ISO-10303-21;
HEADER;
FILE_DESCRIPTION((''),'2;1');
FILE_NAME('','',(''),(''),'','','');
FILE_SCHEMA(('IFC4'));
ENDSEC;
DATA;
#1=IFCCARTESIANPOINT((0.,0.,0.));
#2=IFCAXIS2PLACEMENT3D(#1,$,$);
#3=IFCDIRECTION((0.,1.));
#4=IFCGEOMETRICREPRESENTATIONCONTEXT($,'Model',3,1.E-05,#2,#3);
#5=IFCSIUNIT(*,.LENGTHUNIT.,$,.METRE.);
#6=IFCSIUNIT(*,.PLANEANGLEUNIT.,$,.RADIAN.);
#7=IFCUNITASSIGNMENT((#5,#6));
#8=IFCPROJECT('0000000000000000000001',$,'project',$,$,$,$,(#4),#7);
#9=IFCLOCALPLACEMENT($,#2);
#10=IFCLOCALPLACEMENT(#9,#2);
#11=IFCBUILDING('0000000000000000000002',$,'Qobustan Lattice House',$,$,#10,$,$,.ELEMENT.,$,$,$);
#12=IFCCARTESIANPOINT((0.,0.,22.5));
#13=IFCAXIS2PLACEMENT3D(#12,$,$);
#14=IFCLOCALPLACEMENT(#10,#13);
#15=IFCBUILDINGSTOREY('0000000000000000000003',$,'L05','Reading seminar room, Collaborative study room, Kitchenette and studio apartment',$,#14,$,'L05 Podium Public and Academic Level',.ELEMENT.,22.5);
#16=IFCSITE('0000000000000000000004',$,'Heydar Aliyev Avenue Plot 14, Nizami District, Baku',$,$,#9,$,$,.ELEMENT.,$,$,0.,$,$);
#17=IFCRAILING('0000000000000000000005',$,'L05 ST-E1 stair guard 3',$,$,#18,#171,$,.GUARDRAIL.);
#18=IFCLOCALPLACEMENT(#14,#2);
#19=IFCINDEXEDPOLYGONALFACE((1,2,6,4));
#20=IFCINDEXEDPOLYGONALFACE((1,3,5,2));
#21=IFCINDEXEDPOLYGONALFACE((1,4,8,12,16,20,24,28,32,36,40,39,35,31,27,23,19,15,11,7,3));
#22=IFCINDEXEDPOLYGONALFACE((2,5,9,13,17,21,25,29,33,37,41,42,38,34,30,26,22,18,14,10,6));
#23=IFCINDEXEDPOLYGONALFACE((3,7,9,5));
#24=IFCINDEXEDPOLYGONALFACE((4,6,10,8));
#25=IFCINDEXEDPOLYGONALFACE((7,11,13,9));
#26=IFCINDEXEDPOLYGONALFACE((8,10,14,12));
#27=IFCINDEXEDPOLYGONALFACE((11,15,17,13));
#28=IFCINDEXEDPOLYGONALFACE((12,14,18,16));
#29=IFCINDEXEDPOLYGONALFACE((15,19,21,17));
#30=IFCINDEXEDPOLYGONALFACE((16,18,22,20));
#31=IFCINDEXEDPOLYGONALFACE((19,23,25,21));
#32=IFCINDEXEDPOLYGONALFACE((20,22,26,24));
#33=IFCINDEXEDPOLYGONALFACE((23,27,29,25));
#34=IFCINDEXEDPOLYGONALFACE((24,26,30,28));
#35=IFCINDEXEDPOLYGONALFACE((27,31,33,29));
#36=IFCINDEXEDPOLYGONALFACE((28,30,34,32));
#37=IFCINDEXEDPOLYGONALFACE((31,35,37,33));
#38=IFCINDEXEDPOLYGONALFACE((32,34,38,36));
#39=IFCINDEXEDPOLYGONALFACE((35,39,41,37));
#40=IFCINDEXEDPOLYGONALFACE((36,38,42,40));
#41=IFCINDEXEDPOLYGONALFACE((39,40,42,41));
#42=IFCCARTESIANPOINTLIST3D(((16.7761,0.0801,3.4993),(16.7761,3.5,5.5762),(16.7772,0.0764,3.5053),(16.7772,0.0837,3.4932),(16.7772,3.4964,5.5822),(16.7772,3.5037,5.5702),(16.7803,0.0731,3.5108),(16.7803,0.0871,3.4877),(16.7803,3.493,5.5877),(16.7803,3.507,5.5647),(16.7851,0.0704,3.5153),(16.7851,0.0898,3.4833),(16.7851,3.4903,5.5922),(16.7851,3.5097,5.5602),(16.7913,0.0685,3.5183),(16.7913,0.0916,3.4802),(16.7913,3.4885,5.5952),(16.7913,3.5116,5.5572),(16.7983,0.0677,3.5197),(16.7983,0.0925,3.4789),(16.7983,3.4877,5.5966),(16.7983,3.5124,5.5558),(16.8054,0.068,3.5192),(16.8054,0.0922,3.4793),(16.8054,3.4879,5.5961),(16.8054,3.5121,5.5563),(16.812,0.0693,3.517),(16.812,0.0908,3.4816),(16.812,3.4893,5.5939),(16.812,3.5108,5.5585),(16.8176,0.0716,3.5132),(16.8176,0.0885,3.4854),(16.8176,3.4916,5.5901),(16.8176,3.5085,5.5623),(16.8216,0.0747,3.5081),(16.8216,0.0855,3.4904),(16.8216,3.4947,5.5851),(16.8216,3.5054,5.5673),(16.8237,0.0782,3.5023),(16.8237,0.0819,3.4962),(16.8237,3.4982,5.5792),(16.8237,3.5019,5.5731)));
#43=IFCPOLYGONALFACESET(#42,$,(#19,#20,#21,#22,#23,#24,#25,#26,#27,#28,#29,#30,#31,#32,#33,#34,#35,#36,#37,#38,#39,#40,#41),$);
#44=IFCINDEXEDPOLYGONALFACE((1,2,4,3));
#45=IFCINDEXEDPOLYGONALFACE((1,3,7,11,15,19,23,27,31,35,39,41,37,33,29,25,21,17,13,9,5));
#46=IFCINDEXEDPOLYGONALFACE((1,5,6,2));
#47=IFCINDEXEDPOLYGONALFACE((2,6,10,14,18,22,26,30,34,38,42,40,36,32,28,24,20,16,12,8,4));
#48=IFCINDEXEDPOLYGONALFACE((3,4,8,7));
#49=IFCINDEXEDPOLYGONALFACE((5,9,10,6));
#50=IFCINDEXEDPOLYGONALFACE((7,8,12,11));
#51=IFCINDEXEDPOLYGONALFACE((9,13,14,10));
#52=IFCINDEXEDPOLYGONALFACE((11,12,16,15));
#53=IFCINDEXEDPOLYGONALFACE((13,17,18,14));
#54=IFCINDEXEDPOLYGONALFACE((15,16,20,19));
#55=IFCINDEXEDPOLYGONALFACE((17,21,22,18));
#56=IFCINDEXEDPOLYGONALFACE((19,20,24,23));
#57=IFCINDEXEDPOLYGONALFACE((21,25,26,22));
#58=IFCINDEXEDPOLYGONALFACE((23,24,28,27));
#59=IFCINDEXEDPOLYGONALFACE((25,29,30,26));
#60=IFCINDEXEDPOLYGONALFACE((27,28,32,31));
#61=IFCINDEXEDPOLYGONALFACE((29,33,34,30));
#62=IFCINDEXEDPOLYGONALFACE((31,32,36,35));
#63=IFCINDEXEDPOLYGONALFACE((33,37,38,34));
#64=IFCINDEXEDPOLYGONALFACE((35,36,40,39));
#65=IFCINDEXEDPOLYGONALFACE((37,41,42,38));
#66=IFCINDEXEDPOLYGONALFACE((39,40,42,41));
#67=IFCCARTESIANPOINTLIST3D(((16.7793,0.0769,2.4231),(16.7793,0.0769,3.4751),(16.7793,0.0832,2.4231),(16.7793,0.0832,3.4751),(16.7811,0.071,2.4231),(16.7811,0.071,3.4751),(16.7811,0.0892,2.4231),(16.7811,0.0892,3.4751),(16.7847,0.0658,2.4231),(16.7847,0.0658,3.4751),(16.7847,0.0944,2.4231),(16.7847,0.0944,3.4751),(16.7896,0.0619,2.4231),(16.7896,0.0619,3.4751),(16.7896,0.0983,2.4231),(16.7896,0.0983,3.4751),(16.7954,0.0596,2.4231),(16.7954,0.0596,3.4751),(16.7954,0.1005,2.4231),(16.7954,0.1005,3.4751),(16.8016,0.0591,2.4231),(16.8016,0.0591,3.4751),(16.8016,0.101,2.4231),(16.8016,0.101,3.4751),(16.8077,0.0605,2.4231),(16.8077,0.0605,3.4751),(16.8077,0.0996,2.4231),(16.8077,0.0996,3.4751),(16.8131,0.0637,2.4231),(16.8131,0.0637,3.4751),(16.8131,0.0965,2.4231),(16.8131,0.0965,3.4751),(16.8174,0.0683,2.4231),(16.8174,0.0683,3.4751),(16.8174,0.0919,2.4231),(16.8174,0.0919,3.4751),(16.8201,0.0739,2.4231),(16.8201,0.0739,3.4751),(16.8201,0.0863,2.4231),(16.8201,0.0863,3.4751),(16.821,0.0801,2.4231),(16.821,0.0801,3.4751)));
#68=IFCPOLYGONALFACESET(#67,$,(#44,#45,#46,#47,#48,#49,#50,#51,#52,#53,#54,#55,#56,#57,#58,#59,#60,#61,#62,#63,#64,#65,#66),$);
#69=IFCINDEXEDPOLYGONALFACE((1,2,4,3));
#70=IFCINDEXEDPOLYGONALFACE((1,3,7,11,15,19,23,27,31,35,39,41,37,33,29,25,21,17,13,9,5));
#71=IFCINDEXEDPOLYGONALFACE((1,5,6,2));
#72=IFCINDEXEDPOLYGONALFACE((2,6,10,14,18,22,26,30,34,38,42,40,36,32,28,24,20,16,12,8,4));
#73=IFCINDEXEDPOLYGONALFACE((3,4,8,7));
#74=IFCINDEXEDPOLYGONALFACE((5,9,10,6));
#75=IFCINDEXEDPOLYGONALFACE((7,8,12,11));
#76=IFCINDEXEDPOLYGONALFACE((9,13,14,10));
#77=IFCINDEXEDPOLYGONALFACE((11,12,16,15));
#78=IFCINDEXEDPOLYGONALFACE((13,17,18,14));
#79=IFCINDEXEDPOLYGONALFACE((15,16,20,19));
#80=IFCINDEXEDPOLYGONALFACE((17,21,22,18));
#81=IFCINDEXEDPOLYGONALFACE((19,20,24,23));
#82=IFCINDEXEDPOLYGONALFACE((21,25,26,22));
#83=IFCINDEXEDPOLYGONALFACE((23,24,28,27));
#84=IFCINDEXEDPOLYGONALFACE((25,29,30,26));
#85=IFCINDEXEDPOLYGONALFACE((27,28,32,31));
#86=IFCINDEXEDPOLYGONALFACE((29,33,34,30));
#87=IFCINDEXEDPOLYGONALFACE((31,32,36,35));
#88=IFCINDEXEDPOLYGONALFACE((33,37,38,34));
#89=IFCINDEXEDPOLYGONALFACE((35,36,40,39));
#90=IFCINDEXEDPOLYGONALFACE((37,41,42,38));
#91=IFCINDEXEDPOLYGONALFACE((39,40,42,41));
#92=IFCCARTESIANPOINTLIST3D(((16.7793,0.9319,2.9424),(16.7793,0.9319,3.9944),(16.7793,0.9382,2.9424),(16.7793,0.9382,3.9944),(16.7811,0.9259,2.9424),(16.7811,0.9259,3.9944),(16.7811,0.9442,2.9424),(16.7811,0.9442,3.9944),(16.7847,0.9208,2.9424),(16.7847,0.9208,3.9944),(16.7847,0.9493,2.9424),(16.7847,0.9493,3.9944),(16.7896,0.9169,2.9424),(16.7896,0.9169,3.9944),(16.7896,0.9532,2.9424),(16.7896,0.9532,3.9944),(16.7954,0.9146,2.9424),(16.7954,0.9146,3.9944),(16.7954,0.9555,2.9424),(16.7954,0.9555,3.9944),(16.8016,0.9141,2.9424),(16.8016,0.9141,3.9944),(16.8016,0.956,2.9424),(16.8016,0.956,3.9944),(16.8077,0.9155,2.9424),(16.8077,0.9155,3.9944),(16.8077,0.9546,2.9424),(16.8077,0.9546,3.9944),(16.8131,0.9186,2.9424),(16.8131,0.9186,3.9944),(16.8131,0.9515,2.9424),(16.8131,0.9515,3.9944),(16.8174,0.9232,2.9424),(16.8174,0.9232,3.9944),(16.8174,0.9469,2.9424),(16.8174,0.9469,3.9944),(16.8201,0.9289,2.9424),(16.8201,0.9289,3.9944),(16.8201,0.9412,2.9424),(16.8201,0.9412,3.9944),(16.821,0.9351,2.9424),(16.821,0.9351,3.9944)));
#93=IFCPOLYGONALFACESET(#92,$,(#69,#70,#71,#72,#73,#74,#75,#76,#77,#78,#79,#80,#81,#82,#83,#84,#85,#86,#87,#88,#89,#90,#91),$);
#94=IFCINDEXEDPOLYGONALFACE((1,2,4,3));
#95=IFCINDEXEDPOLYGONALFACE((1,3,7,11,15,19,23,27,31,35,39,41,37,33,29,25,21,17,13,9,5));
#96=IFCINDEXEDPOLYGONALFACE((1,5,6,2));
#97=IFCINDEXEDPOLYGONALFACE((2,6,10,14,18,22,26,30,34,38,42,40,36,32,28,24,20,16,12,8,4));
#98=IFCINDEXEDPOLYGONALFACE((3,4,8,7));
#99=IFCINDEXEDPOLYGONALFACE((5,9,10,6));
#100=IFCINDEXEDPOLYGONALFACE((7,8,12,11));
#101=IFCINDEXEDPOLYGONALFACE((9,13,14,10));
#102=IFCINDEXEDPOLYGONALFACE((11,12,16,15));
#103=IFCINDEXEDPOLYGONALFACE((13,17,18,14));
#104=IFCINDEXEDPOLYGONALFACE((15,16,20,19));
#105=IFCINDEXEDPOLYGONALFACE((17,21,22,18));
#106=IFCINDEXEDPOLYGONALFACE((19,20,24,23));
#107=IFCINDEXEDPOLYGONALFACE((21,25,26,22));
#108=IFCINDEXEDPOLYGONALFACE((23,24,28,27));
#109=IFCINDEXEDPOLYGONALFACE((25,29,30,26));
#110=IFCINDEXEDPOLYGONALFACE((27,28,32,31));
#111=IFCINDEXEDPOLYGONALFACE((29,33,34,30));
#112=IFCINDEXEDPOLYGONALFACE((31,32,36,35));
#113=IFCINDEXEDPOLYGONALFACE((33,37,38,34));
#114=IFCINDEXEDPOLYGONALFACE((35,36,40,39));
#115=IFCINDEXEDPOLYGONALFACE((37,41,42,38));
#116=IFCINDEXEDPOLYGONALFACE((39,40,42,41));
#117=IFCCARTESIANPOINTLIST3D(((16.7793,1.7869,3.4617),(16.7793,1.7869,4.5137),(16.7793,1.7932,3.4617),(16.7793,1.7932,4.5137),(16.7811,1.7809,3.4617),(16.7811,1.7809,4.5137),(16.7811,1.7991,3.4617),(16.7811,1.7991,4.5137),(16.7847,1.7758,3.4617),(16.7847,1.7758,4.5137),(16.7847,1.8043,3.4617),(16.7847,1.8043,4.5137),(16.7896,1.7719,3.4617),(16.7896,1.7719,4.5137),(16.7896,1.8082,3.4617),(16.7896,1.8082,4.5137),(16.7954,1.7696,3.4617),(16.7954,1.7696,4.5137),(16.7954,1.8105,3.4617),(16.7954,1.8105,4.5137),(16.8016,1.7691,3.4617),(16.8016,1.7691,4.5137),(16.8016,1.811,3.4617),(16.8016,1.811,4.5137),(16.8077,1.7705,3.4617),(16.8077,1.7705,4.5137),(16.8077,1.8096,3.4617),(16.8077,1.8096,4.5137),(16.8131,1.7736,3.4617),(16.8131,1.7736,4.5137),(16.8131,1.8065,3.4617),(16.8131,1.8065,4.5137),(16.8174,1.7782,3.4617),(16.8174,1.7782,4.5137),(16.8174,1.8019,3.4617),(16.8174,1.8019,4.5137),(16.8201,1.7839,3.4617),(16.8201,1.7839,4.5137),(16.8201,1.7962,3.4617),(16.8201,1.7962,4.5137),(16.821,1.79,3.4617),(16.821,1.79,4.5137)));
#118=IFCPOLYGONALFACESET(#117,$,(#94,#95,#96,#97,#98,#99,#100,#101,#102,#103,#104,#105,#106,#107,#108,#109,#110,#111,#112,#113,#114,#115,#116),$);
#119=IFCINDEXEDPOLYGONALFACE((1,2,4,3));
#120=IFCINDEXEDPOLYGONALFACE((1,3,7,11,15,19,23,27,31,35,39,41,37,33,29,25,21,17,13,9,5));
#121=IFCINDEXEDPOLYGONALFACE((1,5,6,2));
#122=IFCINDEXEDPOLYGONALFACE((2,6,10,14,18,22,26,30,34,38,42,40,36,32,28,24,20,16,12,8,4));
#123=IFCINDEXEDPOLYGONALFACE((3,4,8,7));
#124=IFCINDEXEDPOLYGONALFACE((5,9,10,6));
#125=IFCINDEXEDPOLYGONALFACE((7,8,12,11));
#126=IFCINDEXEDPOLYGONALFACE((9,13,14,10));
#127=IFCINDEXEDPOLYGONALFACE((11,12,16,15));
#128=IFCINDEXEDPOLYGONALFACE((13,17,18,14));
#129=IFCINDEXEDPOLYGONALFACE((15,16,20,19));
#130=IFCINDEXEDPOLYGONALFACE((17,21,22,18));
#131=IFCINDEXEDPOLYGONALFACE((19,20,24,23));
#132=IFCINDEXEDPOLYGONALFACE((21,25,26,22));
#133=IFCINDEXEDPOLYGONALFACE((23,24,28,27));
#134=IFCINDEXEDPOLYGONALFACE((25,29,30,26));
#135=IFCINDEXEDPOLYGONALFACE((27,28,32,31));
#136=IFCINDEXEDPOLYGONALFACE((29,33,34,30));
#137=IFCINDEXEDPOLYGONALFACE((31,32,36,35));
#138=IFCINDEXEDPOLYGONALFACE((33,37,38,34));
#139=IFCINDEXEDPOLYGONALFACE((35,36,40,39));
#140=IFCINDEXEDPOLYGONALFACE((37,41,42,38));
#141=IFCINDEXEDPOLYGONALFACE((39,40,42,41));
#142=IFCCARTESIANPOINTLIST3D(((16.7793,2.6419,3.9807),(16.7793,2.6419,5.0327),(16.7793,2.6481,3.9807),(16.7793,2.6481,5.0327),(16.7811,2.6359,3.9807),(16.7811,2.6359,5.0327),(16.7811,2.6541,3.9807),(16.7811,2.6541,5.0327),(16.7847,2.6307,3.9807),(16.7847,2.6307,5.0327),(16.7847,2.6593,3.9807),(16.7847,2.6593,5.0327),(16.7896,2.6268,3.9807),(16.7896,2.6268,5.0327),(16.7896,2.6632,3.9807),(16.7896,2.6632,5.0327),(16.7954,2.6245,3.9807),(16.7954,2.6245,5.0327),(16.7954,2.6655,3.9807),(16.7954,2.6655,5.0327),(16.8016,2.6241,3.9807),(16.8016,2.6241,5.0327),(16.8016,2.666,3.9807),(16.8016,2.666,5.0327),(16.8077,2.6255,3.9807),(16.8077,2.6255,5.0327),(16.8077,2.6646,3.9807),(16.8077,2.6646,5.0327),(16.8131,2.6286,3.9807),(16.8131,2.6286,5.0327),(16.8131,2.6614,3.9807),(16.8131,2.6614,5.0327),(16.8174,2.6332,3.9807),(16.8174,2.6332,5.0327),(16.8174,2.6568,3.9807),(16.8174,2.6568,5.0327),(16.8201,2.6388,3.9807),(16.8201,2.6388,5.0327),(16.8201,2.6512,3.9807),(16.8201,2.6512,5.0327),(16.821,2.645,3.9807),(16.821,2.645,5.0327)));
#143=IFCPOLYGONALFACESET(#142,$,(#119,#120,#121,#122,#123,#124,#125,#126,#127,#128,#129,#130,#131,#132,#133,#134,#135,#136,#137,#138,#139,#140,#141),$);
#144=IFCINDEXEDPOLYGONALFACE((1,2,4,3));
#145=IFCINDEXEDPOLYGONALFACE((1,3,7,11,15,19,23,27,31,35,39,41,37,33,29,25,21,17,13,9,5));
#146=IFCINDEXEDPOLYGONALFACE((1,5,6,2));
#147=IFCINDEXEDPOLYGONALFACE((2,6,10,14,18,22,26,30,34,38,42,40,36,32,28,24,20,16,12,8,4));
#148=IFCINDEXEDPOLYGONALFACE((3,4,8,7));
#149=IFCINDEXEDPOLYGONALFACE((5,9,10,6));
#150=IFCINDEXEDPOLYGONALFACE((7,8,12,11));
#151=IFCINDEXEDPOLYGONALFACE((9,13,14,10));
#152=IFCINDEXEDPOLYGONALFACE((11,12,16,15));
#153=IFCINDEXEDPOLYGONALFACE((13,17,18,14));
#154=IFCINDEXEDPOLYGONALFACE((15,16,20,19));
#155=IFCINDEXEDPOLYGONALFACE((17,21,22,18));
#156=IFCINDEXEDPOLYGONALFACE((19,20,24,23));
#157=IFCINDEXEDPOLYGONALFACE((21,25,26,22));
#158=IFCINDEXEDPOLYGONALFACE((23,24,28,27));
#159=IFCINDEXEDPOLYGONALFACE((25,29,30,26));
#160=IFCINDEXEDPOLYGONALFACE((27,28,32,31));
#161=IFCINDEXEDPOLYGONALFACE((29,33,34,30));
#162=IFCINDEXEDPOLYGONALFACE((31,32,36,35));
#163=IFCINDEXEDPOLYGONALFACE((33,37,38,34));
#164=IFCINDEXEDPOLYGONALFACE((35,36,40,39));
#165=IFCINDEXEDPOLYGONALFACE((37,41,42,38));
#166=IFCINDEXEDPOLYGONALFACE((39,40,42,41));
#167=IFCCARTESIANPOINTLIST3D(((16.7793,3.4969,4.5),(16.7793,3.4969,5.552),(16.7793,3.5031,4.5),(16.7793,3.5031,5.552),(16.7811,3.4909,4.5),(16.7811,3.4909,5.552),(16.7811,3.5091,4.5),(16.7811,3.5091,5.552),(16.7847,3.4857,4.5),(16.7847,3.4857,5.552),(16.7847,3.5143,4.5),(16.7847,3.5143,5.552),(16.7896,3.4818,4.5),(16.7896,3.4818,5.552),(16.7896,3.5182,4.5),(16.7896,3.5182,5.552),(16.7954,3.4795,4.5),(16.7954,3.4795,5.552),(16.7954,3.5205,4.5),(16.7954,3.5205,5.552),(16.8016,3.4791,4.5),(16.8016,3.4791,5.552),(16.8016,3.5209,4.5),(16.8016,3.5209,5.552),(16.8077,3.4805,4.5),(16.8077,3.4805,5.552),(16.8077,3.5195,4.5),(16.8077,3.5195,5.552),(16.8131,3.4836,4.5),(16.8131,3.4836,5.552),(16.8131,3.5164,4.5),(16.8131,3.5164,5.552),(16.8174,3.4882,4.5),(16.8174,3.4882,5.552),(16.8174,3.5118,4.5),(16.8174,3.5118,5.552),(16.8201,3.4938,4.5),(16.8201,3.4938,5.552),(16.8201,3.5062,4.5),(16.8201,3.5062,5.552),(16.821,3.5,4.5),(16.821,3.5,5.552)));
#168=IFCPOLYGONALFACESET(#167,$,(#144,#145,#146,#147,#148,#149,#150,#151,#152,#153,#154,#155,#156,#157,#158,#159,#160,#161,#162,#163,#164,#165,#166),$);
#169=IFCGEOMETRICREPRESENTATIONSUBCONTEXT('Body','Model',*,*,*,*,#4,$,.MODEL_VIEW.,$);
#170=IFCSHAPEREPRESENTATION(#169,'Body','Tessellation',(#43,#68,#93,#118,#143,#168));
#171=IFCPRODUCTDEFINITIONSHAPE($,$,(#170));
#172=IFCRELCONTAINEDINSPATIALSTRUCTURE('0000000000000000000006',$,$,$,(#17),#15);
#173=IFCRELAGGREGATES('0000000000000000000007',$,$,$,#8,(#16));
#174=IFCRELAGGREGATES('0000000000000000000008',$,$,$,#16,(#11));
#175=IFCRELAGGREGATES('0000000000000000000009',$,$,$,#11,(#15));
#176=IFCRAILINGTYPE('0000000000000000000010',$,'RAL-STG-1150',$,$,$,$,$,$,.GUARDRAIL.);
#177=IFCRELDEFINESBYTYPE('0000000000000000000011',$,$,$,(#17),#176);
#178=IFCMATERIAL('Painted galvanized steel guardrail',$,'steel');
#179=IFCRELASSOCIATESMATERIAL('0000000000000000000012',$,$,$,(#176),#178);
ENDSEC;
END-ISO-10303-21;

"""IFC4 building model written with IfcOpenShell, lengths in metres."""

from ifc_helpers import new_model, si_unit, direction, frame, origin, origin_2d, place, context, subcontext, project, spatial, circle, extrude, material, type_object, element, save


model = new_model("IFC4")

# Units and contexts
model_context = context("Model", 3, precision=1e-05, world=origin(), true_north=direction((0.0, 1.0)))
body_context = subcontext(model_context, "Body", "Model", "MODEL_VIEW")
ifc_project = project(units=[si_unit("LENGTHUNIT", "METRE"), si_unit("PLANEANGLEUNIT", "RADIAN")], contexts=[model_context])

# Site, building, storey
site_placement = place(None, origin())
site = spatial("IfcSite", under=ifc_project, at=site_placement, Name="Heydar Aliyev Avenue Plot 14, Nizami District, Baku", CompositionType="ELEMENT", RefElevation=0.0)
building_placement = place(site_placement, origin())
building = spatial("IfcBuilding", under=site, at=building_placement, Name="Qobustan Lattice House", CompositionType="ELEMENT")
storey_placement = place(building_placement, frame((0.0, 0.0, 22.5)))
storey = spatial("IfcBuildingStorey", under=building, at=storey_placement, Name="L05", Description="Reading seminar room, Collaborative study room, Kitchenette and studio apartment", LongName="L05 Podium Public and Academic Level", CompositionType="ELEMENT", Elevation=22.5)

# Railing
ifc_material_1 = material(Name="Painted galvanized steel guardrail", Category="steel")
railing_type_1 = type_object("IfcRailingType", Name="RAL-STG-1150", PredefinedType="GUARDRAIL", material=ifc_material_1)
railing_1_placement = place(storey_placement, frame((16.8, 0.0801, 2.4231)))
element("IfcRailing", 1, at=railing_1_placement, inside=storey, type_object=railing_type_1, Name="L05 ST-E1 stair guard 3", PredefinedType="GUARDRAIL", context=body_context, shape_type="SweptSolid", body=[
    extrude(circle(Radius=0.0239, at=origin_2d()), frame((0.0, 0.0, 1.0762), z_axis=(0.0, 0.85473, 0.519074), x_axis=(-1.0, 0.0, 0.0)), (0.0, 0.0, 1.0), 4.0012),
    extrude(circle(Radius=0.021, at=origin_2d()), origin(), (0.0, 0.0, 1.0), 1.052),
    extrude(circle(Radius=0.021, at=origin_2d()), frame((0.0, 0.855, 0.5193)), (0.0, 0.0, 1.0), 1.052),
    extrude(circle(Radius=0.021, at=origin_2d()), frame((0.0, 1.71, 1.0386)), (0.0, 0.0, 1.0), 1.052),
    extrude(circle(Radius=0.021, at=origin_2d()), frame((0.0, 2.5649, 1.5576)), (0.0, 0.0, 1.0), 1.052),
    extrude(circle(Radius=0.021, at=origin_2d()), frame((0.0, 3.4199, 2.0769)), (0.0, 0.0, 1.0), 1.052),
])

save(model, "model.ifc")
